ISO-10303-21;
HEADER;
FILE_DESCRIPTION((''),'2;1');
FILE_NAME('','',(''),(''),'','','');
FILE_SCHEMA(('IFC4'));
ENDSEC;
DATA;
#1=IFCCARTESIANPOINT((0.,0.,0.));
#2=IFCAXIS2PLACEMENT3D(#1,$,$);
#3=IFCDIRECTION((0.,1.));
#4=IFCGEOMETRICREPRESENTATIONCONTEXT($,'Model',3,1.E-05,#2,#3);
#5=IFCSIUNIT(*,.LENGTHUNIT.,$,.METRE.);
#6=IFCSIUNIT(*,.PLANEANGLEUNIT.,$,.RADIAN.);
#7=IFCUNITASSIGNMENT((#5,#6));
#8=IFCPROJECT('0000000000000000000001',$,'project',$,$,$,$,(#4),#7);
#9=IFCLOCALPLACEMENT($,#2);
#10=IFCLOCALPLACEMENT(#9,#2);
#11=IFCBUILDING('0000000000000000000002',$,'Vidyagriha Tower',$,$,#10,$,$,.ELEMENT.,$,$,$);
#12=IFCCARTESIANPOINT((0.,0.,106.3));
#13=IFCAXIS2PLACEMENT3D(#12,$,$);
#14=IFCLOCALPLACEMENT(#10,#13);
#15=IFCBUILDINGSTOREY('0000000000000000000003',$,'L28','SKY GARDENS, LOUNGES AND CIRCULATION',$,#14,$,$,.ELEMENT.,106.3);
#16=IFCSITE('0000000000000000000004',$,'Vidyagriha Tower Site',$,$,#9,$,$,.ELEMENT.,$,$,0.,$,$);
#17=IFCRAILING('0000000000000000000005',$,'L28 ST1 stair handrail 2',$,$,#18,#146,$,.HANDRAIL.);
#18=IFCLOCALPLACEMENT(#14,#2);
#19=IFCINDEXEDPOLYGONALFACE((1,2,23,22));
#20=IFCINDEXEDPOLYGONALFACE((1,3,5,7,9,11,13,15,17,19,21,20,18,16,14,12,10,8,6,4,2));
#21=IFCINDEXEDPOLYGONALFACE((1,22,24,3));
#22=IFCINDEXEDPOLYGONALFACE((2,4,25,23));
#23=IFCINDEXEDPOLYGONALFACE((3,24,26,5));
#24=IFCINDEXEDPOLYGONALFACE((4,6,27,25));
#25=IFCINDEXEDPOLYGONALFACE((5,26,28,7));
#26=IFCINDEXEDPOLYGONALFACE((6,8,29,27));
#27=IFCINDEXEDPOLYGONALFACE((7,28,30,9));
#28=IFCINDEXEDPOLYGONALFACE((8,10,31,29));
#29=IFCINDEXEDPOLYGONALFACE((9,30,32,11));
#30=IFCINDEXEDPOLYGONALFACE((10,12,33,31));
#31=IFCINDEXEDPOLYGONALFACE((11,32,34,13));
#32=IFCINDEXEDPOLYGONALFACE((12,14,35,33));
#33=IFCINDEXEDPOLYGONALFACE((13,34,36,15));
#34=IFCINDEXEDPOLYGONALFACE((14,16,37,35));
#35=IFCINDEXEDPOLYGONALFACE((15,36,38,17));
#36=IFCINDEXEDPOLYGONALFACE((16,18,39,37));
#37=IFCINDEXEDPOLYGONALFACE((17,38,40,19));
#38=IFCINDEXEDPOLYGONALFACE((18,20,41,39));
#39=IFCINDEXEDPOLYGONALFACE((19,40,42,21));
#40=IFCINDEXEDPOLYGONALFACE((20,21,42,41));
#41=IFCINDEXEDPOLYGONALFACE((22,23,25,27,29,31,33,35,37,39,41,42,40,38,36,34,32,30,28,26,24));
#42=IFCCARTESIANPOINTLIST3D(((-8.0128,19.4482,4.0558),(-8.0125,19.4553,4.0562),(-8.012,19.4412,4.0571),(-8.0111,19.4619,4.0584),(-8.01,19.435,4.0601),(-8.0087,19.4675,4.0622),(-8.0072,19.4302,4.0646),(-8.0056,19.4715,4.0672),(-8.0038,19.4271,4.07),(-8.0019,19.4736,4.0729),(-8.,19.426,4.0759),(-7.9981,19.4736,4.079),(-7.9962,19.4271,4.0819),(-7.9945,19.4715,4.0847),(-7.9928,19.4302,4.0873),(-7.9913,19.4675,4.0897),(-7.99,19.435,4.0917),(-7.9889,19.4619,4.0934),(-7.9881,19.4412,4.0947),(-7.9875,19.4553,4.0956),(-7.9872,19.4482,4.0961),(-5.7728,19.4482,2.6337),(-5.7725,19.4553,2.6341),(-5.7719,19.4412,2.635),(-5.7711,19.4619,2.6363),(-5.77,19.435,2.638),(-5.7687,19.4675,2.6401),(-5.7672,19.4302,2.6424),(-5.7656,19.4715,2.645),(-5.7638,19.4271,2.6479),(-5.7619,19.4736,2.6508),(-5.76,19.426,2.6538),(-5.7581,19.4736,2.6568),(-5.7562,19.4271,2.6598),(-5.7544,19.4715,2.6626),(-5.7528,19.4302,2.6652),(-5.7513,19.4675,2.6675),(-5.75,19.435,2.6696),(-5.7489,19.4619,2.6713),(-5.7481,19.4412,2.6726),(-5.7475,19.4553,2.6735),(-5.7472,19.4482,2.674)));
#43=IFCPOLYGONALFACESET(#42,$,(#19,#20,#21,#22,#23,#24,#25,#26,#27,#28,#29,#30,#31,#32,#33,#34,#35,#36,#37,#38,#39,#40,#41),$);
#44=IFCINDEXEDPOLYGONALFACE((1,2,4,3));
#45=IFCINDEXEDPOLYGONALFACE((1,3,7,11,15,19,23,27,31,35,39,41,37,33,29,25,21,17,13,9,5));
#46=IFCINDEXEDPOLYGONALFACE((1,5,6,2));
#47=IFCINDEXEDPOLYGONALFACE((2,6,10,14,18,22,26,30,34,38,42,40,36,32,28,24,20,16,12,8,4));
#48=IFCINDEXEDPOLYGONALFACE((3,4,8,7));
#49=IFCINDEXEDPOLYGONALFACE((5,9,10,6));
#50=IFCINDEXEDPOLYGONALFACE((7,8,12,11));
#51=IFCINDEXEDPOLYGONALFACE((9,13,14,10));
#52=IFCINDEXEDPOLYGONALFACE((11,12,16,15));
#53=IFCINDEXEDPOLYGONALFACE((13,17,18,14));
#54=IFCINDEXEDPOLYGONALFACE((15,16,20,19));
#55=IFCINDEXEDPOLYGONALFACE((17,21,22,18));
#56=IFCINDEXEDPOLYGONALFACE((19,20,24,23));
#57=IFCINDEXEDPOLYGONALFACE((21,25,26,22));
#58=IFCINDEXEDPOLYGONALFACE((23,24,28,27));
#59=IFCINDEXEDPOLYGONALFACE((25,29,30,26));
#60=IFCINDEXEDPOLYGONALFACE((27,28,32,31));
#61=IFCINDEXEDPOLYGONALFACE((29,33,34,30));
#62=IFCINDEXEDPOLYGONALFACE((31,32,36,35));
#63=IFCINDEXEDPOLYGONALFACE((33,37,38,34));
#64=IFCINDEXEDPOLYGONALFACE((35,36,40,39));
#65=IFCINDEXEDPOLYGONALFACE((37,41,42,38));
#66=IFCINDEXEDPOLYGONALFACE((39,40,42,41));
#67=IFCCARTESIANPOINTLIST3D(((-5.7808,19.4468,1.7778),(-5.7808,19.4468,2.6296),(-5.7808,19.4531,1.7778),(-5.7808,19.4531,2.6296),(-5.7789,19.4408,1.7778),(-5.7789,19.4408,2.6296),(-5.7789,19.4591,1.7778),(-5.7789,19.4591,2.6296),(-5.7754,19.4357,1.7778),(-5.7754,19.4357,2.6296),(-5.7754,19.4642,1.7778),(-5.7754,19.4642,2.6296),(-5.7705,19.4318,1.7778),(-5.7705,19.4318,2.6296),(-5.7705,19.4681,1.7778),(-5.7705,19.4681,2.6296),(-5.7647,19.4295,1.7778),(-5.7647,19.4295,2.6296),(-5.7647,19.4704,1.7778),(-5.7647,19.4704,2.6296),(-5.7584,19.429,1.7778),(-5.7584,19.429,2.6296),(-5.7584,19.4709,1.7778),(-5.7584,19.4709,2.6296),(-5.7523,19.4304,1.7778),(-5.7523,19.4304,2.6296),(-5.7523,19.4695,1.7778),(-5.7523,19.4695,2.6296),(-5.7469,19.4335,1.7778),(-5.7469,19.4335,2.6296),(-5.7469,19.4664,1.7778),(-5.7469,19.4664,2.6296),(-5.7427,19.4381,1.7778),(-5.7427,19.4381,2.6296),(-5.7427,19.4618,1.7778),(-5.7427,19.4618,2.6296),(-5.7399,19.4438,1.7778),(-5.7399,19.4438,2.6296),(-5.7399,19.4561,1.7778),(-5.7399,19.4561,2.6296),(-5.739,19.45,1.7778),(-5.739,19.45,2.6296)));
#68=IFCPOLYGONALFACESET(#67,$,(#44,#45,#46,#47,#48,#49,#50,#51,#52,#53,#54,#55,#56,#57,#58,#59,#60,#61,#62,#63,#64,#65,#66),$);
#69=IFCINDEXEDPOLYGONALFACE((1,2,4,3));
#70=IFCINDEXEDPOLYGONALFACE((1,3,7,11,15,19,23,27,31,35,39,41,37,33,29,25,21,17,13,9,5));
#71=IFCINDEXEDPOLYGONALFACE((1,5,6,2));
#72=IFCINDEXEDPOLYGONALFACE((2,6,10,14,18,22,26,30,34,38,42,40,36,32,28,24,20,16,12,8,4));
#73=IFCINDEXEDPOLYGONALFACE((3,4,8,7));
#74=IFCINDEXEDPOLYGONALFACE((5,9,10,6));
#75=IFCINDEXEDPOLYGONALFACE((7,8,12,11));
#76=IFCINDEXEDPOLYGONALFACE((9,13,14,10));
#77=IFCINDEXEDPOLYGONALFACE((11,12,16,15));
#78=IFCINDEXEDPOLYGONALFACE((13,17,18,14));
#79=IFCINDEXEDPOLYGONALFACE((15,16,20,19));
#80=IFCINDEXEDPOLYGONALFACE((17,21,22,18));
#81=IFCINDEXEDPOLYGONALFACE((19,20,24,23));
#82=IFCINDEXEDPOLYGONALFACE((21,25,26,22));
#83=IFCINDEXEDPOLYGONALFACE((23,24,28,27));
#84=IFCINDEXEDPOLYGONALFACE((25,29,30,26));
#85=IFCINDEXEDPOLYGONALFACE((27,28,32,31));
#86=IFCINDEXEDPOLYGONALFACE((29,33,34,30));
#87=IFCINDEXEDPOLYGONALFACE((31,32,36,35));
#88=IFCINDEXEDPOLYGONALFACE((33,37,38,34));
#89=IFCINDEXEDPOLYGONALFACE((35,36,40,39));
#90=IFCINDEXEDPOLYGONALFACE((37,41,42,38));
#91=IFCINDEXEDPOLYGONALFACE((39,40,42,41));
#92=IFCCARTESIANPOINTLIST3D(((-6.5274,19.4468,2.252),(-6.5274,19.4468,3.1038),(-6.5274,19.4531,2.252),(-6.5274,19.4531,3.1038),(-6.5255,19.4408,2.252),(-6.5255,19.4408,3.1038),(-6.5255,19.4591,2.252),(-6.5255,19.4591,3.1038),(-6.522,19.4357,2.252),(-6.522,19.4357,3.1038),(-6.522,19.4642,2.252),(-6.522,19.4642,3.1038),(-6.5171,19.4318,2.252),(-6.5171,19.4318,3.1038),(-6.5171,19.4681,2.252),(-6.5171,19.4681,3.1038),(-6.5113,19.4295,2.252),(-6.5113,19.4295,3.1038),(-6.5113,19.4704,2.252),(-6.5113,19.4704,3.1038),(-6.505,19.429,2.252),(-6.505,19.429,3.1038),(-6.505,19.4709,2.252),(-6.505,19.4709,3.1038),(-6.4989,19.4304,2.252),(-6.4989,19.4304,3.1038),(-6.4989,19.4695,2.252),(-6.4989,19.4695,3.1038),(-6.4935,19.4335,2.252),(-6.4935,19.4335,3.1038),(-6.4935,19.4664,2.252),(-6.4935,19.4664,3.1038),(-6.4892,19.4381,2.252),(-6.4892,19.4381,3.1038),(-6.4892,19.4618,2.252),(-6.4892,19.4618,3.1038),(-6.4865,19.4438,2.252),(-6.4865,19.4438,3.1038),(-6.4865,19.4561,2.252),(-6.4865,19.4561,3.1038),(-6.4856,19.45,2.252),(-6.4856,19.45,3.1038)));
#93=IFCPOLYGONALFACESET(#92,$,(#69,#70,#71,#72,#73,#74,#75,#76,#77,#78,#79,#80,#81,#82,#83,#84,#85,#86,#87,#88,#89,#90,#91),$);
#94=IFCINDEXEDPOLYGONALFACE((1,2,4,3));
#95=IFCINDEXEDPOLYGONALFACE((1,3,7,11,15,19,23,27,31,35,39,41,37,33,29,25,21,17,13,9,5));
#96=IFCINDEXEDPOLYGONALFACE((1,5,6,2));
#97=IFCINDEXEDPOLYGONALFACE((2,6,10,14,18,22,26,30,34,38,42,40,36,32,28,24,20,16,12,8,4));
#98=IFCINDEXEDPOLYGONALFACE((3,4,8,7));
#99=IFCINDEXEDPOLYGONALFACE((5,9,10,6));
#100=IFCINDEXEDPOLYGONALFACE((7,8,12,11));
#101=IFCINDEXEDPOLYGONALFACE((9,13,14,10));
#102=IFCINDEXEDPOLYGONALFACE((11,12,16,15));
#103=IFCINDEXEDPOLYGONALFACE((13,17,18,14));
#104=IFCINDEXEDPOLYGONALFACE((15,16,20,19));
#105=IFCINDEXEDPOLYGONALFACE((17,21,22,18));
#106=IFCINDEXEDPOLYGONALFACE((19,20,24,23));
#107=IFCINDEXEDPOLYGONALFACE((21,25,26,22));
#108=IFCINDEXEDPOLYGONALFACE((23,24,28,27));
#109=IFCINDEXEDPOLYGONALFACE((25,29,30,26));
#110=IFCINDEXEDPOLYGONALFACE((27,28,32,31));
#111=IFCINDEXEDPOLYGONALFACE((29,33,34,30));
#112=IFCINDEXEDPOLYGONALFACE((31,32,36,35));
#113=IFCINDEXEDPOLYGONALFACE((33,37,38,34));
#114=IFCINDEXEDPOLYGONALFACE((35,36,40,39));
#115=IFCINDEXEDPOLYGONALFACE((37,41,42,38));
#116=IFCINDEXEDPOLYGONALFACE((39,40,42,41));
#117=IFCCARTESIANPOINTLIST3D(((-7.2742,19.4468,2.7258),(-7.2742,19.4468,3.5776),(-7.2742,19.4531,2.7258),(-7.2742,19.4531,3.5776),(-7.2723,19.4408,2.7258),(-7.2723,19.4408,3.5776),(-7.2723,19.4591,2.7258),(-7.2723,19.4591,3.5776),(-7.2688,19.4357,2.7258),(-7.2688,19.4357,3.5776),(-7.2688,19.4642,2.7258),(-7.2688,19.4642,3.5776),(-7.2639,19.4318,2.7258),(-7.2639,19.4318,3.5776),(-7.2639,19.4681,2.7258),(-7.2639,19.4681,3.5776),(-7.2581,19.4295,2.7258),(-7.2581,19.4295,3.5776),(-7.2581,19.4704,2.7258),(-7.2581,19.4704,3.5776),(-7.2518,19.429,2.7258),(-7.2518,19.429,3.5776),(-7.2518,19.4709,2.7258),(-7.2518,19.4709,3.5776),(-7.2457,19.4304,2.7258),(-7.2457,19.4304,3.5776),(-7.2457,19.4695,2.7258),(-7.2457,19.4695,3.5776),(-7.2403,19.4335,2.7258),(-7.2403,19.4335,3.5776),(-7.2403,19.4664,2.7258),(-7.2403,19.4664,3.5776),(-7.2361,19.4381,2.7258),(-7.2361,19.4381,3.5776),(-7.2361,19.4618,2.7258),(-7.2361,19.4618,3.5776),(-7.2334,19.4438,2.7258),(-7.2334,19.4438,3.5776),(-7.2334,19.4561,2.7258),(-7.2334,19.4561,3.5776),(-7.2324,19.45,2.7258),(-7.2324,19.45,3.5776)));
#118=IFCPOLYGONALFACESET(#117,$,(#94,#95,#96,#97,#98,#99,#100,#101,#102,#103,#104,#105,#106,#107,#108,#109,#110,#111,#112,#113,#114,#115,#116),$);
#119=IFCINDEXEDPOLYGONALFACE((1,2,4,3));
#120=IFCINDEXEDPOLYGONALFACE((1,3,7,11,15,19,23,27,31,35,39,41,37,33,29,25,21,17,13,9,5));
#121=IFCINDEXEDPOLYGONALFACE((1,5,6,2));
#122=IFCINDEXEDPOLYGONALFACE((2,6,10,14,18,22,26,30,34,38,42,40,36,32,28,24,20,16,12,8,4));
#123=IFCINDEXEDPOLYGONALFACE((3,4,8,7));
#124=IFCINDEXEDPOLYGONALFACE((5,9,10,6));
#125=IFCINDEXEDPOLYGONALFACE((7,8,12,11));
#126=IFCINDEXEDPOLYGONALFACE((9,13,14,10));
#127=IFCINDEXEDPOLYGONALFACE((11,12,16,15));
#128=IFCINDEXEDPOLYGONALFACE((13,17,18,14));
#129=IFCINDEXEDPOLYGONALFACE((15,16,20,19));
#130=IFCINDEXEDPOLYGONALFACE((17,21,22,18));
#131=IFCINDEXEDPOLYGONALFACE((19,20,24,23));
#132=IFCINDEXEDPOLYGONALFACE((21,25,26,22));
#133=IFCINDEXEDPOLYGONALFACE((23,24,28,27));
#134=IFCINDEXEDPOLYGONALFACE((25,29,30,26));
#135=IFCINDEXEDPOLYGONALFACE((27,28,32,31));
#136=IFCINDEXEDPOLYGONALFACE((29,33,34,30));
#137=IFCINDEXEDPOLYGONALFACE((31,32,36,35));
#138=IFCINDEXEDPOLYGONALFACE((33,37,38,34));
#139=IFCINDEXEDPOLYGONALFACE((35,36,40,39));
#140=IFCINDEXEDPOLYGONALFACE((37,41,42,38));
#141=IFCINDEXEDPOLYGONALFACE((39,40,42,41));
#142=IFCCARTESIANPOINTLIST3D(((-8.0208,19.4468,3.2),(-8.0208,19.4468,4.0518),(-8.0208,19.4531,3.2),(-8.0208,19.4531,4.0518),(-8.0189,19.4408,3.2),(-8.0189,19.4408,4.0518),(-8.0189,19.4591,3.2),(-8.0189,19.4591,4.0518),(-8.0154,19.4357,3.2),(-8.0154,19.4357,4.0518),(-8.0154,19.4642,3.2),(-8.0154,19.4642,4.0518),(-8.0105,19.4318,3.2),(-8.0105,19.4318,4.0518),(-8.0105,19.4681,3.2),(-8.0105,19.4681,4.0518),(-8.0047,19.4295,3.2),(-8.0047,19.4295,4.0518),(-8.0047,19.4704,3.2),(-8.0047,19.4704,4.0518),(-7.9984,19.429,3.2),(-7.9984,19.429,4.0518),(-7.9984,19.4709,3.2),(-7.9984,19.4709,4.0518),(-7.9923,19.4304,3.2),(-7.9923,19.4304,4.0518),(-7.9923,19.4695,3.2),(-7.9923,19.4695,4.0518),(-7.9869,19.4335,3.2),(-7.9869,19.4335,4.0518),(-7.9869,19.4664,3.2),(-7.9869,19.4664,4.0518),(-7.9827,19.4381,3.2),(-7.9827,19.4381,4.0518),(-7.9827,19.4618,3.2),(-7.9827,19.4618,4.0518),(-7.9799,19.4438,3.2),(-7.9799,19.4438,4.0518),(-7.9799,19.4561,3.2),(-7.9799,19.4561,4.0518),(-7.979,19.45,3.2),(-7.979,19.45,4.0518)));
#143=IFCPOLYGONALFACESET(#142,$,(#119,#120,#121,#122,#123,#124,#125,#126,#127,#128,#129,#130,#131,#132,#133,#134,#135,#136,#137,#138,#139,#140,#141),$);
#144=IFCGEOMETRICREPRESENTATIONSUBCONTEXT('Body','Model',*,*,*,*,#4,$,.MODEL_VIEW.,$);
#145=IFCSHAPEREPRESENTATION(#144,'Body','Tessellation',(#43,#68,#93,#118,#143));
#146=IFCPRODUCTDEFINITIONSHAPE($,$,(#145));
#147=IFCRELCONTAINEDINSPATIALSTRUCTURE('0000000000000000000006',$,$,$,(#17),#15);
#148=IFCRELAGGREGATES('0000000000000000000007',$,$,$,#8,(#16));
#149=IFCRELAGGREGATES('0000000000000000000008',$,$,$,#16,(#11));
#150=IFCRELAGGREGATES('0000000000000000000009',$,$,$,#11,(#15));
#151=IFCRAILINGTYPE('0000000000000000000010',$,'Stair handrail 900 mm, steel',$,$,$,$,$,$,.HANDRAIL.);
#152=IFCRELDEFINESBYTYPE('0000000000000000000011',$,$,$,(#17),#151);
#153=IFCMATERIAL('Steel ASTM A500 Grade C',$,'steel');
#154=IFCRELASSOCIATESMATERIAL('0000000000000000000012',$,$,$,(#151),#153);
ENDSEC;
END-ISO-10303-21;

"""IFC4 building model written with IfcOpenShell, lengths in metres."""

from ifc_helpers import new_model, si_unit, direction, frame, origin, origin_2d, place, context, subcontext, project, spatial, circle, extrude, material, type_object, element, save


model = new_model("IFC4")

# Units and contexts
model_context = context("Model", 3, precision=1e-05, world=origin(), true_north=direction((0.0, 1.0)))
body_context = subcontext(model_context, "Body", "Model", "MODEL_VIEW")
ifc_project = project(units=[si_unit("LENGTHUNIT", "METRE"), si_unit("PLANEANGLEUNIT", "RADIAN")], contexts=[model_context])

# Site, building, storey
site_placement = place(None, origin())
site = spatial("IfcSite", under=ifc_project, at=site_placement, Name="Vidyagriha Tower Site", CompositionType="ELEMENT", RefElevation=0.0)
building_placement = place(site_placement, origin())
building = spatial("IfcBuilding", under=site, at=building_placement, Name="Vidyagriha Tower", CompositionType="ELEMENT")
storey_placement = place(building_placement, frame((0.0, 0.0, 106.3)))
storey = spatial("IfcBuildingStorey", under=building, at=storey_placement, Name="L28", Description="SKY GARDENS, LOUNGES AND CIRCULATION", CompositionType="ELEMENT", Elevation=106.3)

# Railing
ifc_material_1 = material(Name="Steel ASTM A500 Grade C", Category="steel")
railing_type_1 = type_object("IfcRailingType", Name="Stair handrail 900 mm, steel", PredefinedType="HANDRAIL", material=ifc_material_1)
for number, where, name in (
    (1, (-5.76, 19.45, 1.7778), "L28 ST1 stair handrail 2"),
):
    element("IfcRailing", number, at=place(storey_placement, frame(where)), inside=storey, type_object=railing_type_1, Name=name, PredefinedType="HANDRAIL", context=body_context, shape_type="SweptSolid", body=[
        extrude(circle(Radius=0.0239, at=origin_2d()), frame((0.0, 0.0, 0.876), z_axis=(-0.844229, 0.0, 0.535982), x_axis=(0.0, -1.0, 0.0)), (0.0, 0.0, 1.0), 2.6533),
        extrude(circle(Radius=0.021, at=origin_2d()), origin(), (0.0, 0.0, 1.0), 0.8518),
        extrude(circle(Radius=0.021, at=origin_2d()), frame((-0.7466, 0.0, 0.4741)), (0.0, 0.0, 1.0), 0.8518),
        extrude(circle(Radius=0.021, at=origin_2d()), frame((-1.4934, 0.0, 0.948)), (0.0, 0.0, 1.0), 0.8518),
        extrude(circle(Radius=0.021, at=origin_2d()), frame((-2.24, 0.0, 1.4221)), (0.0, 0.0, 1.0), 0.8518),
    ])

save(model, "model.ifc")
